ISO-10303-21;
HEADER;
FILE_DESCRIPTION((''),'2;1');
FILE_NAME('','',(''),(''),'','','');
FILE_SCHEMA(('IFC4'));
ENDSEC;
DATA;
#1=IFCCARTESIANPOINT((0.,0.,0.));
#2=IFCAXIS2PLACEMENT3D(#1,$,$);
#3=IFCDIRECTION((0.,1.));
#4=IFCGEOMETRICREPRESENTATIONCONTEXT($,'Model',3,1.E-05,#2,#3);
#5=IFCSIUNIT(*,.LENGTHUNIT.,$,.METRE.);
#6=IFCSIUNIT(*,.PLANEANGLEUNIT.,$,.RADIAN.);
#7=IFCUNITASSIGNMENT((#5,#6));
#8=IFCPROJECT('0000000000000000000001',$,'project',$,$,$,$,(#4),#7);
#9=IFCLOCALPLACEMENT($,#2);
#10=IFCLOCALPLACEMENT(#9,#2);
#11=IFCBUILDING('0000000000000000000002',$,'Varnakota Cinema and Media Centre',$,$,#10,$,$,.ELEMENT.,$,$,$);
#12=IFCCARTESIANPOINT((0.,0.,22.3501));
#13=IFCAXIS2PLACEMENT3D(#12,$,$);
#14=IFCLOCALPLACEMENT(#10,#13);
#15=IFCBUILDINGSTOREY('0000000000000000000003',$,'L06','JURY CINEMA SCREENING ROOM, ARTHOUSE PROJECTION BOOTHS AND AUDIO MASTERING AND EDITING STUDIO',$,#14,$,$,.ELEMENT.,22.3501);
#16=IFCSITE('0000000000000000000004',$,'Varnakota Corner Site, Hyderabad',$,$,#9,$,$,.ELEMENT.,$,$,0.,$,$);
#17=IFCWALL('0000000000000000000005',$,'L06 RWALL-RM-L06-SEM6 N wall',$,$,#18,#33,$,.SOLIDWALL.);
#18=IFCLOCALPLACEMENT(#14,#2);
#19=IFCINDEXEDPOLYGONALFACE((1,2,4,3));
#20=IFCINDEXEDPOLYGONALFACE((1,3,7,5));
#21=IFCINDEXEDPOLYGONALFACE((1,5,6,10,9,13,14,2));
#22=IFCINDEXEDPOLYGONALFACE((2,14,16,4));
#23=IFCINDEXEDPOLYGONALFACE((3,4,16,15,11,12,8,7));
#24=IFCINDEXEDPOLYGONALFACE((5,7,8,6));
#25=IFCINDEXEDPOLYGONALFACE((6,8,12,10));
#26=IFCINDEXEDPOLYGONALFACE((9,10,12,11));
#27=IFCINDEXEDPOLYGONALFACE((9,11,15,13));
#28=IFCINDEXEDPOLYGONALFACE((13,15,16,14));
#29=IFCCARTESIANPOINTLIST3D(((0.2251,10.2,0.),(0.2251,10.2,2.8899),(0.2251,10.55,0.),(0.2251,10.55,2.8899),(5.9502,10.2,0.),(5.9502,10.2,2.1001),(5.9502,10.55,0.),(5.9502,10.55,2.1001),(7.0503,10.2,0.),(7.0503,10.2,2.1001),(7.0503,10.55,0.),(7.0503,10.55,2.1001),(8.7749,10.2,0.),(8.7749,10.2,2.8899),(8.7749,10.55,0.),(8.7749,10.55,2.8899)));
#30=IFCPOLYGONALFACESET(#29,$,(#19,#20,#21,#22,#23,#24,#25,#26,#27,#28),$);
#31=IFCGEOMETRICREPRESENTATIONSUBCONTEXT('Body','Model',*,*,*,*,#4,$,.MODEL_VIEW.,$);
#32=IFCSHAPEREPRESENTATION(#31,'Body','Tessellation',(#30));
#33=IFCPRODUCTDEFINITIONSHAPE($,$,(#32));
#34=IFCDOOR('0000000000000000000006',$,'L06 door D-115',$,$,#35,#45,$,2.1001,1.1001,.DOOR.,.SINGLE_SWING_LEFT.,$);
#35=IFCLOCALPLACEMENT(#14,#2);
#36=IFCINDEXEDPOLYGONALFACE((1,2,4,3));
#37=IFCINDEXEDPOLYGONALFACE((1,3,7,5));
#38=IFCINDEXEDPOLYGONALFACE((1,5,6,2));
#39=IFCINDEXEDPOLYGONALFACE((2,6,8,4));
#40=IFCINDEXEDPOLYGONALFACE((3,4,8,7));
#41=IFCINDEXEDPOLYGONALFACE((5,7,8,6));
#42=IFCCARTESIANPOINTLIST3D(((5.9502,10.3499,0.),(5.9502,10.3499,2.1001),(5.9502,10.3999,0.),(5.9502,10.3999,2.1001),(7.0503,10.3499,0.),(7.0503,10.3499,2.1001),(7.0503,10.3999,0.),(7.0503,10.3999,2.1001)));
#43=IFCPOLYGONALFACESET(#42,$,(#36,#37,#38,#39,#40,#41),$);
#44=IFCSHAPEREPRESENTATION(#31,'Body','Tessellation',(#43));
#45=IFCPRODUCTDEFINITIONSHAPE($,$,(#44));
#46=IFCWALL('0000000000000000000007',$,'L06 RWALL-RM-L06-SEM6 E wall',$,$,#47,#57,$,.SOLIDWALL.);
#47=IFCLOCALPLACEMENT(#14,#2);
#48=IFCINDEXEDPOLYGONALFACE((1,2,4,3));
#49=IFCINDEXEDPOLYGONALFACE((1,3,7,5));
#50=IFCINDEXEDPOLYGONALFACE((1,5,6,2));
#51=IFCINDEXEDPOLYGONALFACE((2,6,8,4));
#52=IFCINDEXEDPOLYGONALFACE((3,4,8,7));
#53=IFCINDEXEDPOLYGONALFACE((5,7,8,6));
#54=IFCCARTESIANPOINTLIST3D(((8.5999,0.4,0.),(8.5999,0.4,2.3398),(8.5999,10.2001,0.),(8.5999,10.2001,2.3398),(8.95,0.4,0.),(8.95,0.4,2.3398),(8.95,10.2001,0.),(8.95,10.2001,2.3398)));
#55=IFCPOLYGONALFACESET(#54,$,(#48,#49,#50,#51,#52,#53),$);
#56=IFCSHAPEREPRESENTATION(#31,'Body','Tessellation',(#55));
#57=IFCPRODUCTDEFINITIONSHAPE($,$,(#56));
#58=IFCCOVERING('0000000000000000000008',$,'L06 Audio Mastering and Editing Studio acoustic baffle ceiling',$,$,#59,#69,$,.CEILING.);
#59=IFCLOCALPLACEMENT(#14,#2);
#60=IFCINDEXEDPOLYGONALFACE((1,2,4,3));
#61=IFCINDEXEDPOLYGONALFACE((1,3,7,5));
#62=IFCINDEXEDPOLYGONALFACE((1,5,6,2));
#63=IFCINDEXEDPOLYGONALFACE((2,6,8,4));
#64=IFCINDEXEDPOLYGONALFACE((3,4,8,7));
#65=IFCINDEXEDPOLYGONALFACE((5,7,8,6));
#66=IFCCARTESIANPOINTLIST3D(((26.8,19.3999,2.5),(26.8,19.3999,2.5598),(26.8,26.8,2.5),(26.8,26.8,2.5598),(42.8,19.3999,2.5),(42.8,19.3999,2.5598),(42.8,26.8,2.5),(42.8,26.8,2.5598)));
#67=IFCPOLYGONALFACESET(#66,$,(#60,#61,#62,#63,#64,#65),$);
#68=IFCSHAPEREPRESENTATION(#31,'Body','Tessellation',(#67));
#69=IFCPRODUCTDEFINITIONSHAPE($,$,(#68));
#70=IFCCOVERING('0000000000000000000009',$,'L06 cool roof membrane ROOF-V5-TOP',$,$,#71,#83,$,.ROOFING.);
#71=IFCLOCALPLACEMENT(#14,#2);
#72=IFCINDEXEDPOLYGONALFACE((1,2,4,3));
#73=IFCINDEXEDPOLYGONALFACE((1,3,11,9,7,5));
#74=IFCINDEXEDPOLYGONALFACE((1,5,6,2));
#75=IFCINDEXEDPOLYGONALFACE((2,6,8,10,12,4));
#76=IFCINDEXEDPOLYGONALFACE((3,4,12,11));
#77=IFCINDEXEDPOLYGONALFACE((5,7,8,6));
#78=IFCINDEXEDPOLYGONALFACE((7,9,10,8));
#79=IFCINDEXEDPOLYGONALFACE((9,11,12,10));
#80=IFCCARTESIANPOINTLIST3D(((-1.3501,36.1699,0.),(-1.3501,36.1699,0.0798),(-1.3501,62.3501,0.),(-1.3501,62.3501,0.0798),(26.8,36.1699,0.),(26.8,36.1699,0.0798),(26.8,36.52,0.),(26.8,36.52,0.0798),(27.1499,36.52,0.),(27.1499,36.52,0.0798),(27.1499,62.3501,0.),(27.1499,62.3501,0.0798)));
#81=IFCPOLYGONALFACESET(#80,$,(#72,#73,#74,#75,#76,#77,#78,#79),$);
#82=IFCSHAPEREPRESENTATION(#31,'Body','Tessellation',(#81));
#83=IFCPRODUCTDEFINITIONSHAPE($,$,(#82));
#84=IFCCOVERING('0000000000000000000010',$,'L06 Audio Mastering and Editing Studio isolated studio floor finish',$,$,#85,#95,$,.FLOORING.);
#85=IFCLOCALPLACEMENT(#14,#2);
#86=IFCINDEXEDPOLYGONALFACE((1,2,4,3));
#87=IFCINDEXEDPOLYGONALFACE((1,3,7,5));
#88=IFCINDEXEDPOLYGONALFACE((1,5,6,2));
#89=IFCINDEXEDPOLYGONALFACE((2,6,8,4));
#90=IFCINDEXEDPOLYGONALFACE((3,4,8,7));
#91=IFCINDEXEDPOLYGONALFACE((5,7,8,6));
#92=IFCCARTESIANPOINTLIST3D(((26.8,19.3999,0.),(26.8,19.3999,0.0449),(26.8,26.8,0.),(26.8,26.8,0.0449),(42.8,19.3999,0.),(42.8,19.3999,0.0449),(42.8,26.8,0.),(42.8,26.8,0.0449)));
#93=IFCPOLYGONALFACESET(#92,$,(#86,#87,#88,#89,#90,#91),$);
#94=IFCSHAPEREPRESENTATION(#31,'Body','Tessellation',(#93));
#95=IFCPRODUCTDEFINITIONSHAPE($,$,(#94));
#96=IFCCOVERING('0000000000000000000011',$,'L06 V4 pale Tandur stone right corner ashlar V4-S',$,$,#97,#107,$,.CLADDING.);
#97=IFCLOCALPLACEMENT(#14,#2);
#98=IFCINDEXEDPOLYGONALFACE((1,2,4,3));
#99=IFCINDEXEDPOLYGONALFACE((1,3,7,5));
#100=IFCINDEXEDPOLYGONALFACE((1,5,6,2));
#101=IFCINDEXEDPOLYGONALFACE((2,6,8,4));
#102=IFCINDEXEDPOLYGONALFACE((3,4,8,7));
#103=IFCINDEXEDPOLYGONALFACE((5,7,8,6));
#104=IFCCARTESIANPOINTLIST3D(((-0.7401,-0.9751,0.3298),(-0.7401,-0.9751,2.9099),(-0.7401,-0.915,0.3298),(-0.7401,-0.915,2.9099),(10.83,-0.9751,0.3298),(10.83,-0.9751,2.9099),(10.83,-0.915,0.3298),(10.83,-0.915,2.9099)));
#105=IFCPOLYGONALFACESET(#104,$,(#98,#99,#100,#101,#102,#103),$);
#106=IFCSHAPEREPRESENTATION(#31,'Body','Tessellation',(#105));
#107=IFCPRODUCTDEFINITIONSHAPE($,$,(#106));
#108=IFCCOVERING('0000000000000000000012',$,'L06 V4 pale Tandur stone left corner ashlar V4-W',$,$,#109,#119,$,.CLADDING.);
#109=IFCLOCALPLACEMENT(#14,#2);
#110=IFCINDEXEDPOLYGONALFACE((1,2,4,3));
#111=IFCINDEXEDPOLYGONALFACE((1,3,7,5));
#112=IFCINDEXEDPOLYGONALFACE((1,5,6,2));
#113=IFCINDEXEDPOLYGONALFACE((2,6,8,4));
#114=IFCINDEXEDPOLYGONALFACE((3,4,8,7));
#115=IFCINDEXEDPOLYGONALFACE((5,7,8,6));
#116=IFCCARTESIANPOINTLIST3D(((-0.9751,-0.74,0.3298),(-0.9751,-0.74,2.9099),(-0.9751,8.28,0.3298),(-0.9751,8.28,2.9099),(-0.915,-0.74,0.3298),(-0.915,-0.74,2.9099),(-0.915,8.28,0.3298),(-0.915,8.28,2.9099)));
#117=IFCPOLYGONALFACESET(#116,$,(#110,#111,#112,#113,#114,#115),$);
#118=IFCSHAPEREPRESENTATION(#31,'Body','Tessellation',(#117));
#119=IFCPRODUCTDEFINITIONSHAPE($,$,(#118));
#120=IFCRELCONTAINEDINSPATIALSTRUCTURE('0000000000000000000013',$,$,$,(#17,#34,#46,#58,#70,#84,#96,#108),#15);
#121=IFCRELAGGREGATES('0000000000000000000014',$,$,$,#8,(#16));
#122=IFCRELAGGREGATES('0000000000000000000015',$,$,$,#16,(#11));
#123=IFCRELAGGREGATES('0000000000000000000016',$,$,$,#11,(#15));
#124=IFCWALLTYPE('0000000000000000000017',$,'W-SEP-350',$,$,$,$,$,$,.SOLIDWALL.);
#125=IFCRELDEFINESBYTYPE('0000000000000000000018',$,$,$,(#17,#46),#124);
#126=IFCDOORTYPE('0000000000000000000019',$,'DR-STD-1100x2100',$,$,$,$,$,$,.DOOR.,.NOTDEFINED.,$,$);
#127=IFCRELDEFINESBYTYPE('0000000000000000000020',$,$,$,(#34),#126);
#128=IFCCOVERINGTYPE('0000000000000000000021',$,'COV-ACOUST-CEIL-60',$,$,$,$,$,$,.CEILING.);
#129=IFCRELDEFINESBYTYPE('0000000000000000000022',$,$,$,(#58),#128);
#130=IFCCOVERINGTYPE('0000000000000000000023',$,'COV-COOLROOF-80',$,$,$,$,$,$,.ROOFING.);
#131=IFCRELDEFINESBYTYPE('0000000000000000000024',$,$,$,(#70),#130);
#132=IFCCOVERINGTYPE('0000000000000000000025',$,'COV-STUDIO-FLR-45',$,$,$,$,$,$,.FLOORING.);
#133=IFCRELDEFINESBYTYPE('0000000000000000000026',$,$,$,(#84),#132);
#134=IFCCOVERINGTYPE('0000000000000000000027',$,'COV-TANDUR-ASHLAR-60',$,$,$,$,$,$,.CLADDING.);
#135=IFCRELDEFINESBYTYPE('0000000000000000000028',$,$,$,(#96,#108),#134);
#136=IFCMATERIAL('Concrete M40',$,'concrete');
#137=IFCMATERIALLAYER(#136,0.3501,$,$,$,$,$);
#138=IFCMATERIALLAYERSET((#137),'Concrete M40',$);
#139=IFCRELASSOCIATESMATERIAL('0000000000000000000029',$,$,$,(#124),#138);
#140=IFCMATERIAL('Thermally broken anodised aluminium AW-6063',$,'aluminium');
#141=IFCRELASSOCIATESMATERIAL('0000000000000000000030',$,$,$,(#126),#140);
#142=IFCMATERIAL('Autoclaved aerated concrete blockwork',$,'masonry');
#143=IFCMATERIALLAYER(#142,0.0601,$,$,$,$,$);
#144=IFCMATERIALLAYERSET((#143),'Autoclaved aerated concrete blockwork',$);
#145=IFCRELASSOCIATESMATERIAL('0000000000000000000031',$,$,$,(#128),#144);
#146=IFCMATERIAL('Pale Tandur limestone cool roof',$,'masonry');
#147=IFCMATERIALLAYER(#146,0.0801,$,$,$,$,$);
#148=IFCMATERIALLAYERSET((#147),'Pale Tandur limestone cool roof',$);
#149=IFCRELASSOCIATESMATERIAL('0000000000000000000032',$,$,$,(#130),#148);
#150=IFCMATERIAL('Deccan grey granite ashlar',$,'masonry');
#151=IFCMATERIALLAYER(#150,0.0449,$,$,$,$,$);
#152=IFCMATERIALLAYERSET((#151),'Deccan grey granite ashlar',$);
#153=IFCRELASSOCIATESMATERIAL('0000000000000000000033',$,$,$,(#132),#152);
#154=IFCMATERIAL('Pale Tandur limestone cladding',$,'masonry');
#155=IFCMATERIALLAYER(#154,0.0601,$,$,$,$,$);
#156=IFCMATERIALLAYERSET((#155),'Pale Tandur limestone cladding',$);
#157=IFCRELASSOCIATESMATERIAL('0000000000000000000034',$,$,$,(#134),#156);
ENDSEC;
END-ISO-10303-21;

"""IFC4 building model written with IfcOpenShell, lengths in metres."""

from ifc_helpers import new_model, si_unit, direction, frame, frame_2d, origin, origin_2d, place, context, subcontext, project, spatial, polyline, rectangle, outline, extrude, material, layer, layer_set, type_object, element, fill, save


model = new_model("IFC4")

# Units and contexts
model_context = context("Model", 3, precision=1e-05, world=origin(), true_north=direction((0.0, 1.0)))
body_context = subcontext(model_context, "Body", "Model", "MODEL_VIEW")
ifc_project = project(units=[si_unit("LENGTHUNIT", "METRE"), si_unit("PLANEANGLEUNIT", "RADIAN")], contexts=[model_context])

# Site, building, storey
site_placement = place(None, origin())
site = spatial("IfcSite", under=ifc_project, at=site_placement, Name="Varnakota Corner Site, Hyderabad", CompositionType="ELEMENT", RefElevation=0.0)
building_placement = place(site_placement, origin())
building = spatial("IfcBuilding", under=site, at=building_placement, Name="Varnakota Cinema and Media Centre", CompositionType="ELEMENT")
storey_placement = place(building_placement, frame((0.0, 0.0, 22.3501)))
storey = spatial("IfcBuildingStorey", under=building, at=storey_placement, Name="L06", Description="JURY CINEMA SCREENING ROOM, ARTHOUSE PROJECTION BOOTHS AND AUDIO MASTERING AND EDITING STUDIO", CompositionType="ELEMENT", Elevation=22.3501)

# Shared definitions
ifc_material_1 = material(Name="Concrete M40", Category="concrete")
ifc_layer_1 = layer(ifc_material_1, 0.3501)
ifc_layer_set_1 = layer_set([ifc_layer_1], Name="Concrete M40")
wall_type_1 = type_object("IfcWallType", Name="W-SEP-350", PredefinedType="SOLIDWALL", material=ifc_layer_set_1)

# Wall, opening, door
wall_1_placement = place(storey_placement, frame((0.2251, 10.375, 0.0), z_axis=(0.0, 0.0, 1.0), x_axis=(1.0, 0.0, 0.0)))
wall_1 = element("IfcWall", 1, at=wall_1_placement, inside=storey, type_object=wall_type_1, Name="L06 RWALL-RM-L06-SEM6 N wall", PredefinedType="SOLIDWALL", context=body_context, shape_type="SweptSolid", body=[
    extrude(rectangle(XDim=8.5498, YDim=0.3501, at=frame_2d((4.2749, 0.0))), origin(), (0.0, 0.0, 1.0), 2.8899),
])
opening_1_placement = place(wall_1_placement, frame((5.7251, 0.0, 0.0)))
opening_1 = element("IfcOpeningElement", 2, at=opening_1_placement, cuts=wall_1, PredefinedType="OPENING", context=body_context, shape_type="SweptSolid", body=[
    extrude(rectangle(XDim=1.1001, YDim=2.1001, at=frame_2d((0.55, 1.05))), frame((0.0, 0.175, 0.0), z_axis=(0.0, -1.0, 0.0), x_axis=(1.0, 0.0, 0.0)), (0.0, 0.0, 1.0), 0.3501),
])
ifc_material_2 = material(Name="Thermally broken anodised aluminium AW-6063", Category="aluminium")
door_type = type_object("IfcDoorType", Name="DR-STD-1100x2100", OperationType="NOTDEFINED", PredefinedType="DOOR", material=ifc_material_2)
door_placement = place(opening_1_placement, origin())
door = element("IfcDoor", 3, at=door_placement, inside=storey, type_object=door_type, Name="L06 door D-115", OperationType="SINGLE_SWING_LEFT", OverallHeight=2.1001, OverallWidth=1.1001, PredefinedType="DOOR", context=body_context, shape_type="SweptSolid", body=[
    extrude(rectangle(XDim=1.1001, YDim=2.1001, at=frame_2d((0.55, 1.05))), frame((0.0, 0.0249, 0.0), z_axis=(0.0, -1.0, 0.0), x_axis=(1.0, 0.0, 0.0)), (0.0, 0.0, 1.0), 0.05),
])
fill(opening_1, door)

# Wall
wall_2_placement = place(storey_placement, frame((8.7749, 10.2, 0.0), z_axis=(0.0, 0.0, 1.0), x_axis=(0.0, -1.0, 0.0)))
element("IfcWall", 4, at=wall_2_placement, inside=storey, type_object=wall_type_1, Name="L06 RWALL-RM-L06-SEM6 E wall", PredefinedType="SOLIDWALL", context=body_context, shape_type="SweptSolid", body=[
    extrude(rectangle(XDim=9.8, YDim=0.3501, at=frame_2d((4.8999, 0.0))), origin(), (0.0, 0.0, 1.0), 2.3398),
])

# Coverings
ifc_material_3 = material(Name="Autoclaved aerated concrete blockwork", Category="masonry")
ifc_layer_2 = layer(ifc_material_3, 0.0601)
ifc_layer_set_2 = layer_set([ifc_layer_2], Name="Autoclaved aerated concrete blockwork")
covering_type_1 = type_object("IfcCoveringType", Name="COV-ACOUST-CEIL-60", PredefinedType="CEILING", material=ifc_layer_set_2)
covering_1_placement = place(storey_placement, frame((0.0, 0.0, 2.5)))
element("IfcCovering", 5, at=covering_1_placement, inside=storey, type_object=covering_type_1, Name="L06 Audio Mastering and Editing Studio acoustic baffle ceiling", PredefinedType="CEILING", context=body_context, shape_type="SweptSolid", body=[
    extrude(outline(polyline([(26.8, 19.3999), (42.8, 19.3999), (42.8, 26.8), (26.8, 26.8), (26.8, 19.3999)])), origin(), (0.0, 0.0, 1.0), 0.0598),
])
ifc_material_4 = material(Name="Pale Tandur limestone cool roof", Category="masonry")
ifc_layer_3 = layer(ifc_material_4, 0.0801)
ifc_layer_set_3 = layer_set([ifc_layer_3], Name="Pale Tandur limestone cool roof")
covering_type_2 = type_object("IfcCoveringType", Name="COV-COOLROOF-80", PredefinedType="ROOFING", material=ifc_layer_set_3)
covering_2_placement = place(storey_placement, origin())
element("IfcCovering", 6, at=covering_2_placement, inside=storey, type_object=covering_type_2, Name="L06 cool roof membrane ROOF-V5-TOP", PredefinedType="ROOFING", context=body_context, shape_type="SweptSolid", body=[
    extrude(outline(polyline([(-1.3501, 36.1699), (26.8, 36.1699), (26.8, 36.52), (27.1499, 36.52), (27.1499, 62.3501), (-1.3501, 62.3501), (-1.3501, 36.1699)])), origin(), (0.0, 0.0, 1.0), 0.0798),
])
ifc_material_5 = material(Name="Deccan grey granite ashlar", Category="masonry")
ifc_layer_4 = layer(ifc_material_5, 0.0449)
ifc_layer_set_4 = layer_set([ifc_layer_4], Name="Deccan grey granite ashlar")
covering_type_3 = type_object("IfcCoveringType", Name="COV-STUDIO-FLR-45", PredefinedType="FLOORING", material=ifc_layer_set_4)
covering_3_placement = place(storey_placement, origin())
element("IfcCovering", 7, at=covering_3_placement, inside=storey, type_object=covering_type_3, Name="L06 Audio Mastering and Editing Studio isolated studio floor finish", PredefinedType="FLOORING", context=body_context, shape_type="SweptSolid", body=[
    extrude(outline(polyline([(26.8, 19.3999), (42.8, 19.3999), (42.8, 26.8), (26.8, 26.8), (26.8, 19.3999)])), origin(), (0.0, 0.0, 1.0), 0.0449),
])
ifc_material_6 = material(Name="Pale Tandur limestone cladding", Category="masonry")
ifc_layer_5 = layer(ifc_material_6, 0.0601)
ifc_layer_set_5 = layer_set([ifc_layer_5], Name="Pale Tandur limestone cladding")
covering_type_4 = type_object("IfcCoveringType", Name="COV-TANDUR-ASHLAR-60", PredefinedType="CLADDING", material=ifc_layer_set_5)
covering_4_placement = place(storey_placement, frame((5.0449, -0.9451, 0.3298), z_axis=(0.0, 0.0, 1.0), x_axis=(-1.0, 0.0, 0.0)))
element("IfcCovering", 8, at=covering_4_placement, inside=storey, type_object=covering_type_4, Name="L06 V4 pale Tandur stone right corner ashlar V4-S", PredefinedType="CLADDING", context=body_context, shape_type="SweptSolid", body=[
    extrude(rectangle(XDim=11.5701, YDim=0.0601, at=origin_2d()), origin(), (0.0, 0.0, 1.0), 2.5801),
])
covering_5_placement = place(storey_placement, frame((-0.9451, 3.77, 0.3298), z_axis=(0.0, 0.0, 1.0), x_axis=(0.0, 1.0, 0.0)))
element("IfcCovering", 9, at=covering_5_placement, inside=storey, type_object=covering_type_4, Name="L06 V4 pale Tandur stone left corner ashlar V4-W", PredefinedType="CLADDING", context=body_context, shape_type="SweptSolid", body=[
    extrude(rectangle(XDim=9.02, YDim=0.0601, at=origin_2d()), origin(), (0.0, 0.0, 1.0), 2.5801),
])

save(model, "model.ifc")
